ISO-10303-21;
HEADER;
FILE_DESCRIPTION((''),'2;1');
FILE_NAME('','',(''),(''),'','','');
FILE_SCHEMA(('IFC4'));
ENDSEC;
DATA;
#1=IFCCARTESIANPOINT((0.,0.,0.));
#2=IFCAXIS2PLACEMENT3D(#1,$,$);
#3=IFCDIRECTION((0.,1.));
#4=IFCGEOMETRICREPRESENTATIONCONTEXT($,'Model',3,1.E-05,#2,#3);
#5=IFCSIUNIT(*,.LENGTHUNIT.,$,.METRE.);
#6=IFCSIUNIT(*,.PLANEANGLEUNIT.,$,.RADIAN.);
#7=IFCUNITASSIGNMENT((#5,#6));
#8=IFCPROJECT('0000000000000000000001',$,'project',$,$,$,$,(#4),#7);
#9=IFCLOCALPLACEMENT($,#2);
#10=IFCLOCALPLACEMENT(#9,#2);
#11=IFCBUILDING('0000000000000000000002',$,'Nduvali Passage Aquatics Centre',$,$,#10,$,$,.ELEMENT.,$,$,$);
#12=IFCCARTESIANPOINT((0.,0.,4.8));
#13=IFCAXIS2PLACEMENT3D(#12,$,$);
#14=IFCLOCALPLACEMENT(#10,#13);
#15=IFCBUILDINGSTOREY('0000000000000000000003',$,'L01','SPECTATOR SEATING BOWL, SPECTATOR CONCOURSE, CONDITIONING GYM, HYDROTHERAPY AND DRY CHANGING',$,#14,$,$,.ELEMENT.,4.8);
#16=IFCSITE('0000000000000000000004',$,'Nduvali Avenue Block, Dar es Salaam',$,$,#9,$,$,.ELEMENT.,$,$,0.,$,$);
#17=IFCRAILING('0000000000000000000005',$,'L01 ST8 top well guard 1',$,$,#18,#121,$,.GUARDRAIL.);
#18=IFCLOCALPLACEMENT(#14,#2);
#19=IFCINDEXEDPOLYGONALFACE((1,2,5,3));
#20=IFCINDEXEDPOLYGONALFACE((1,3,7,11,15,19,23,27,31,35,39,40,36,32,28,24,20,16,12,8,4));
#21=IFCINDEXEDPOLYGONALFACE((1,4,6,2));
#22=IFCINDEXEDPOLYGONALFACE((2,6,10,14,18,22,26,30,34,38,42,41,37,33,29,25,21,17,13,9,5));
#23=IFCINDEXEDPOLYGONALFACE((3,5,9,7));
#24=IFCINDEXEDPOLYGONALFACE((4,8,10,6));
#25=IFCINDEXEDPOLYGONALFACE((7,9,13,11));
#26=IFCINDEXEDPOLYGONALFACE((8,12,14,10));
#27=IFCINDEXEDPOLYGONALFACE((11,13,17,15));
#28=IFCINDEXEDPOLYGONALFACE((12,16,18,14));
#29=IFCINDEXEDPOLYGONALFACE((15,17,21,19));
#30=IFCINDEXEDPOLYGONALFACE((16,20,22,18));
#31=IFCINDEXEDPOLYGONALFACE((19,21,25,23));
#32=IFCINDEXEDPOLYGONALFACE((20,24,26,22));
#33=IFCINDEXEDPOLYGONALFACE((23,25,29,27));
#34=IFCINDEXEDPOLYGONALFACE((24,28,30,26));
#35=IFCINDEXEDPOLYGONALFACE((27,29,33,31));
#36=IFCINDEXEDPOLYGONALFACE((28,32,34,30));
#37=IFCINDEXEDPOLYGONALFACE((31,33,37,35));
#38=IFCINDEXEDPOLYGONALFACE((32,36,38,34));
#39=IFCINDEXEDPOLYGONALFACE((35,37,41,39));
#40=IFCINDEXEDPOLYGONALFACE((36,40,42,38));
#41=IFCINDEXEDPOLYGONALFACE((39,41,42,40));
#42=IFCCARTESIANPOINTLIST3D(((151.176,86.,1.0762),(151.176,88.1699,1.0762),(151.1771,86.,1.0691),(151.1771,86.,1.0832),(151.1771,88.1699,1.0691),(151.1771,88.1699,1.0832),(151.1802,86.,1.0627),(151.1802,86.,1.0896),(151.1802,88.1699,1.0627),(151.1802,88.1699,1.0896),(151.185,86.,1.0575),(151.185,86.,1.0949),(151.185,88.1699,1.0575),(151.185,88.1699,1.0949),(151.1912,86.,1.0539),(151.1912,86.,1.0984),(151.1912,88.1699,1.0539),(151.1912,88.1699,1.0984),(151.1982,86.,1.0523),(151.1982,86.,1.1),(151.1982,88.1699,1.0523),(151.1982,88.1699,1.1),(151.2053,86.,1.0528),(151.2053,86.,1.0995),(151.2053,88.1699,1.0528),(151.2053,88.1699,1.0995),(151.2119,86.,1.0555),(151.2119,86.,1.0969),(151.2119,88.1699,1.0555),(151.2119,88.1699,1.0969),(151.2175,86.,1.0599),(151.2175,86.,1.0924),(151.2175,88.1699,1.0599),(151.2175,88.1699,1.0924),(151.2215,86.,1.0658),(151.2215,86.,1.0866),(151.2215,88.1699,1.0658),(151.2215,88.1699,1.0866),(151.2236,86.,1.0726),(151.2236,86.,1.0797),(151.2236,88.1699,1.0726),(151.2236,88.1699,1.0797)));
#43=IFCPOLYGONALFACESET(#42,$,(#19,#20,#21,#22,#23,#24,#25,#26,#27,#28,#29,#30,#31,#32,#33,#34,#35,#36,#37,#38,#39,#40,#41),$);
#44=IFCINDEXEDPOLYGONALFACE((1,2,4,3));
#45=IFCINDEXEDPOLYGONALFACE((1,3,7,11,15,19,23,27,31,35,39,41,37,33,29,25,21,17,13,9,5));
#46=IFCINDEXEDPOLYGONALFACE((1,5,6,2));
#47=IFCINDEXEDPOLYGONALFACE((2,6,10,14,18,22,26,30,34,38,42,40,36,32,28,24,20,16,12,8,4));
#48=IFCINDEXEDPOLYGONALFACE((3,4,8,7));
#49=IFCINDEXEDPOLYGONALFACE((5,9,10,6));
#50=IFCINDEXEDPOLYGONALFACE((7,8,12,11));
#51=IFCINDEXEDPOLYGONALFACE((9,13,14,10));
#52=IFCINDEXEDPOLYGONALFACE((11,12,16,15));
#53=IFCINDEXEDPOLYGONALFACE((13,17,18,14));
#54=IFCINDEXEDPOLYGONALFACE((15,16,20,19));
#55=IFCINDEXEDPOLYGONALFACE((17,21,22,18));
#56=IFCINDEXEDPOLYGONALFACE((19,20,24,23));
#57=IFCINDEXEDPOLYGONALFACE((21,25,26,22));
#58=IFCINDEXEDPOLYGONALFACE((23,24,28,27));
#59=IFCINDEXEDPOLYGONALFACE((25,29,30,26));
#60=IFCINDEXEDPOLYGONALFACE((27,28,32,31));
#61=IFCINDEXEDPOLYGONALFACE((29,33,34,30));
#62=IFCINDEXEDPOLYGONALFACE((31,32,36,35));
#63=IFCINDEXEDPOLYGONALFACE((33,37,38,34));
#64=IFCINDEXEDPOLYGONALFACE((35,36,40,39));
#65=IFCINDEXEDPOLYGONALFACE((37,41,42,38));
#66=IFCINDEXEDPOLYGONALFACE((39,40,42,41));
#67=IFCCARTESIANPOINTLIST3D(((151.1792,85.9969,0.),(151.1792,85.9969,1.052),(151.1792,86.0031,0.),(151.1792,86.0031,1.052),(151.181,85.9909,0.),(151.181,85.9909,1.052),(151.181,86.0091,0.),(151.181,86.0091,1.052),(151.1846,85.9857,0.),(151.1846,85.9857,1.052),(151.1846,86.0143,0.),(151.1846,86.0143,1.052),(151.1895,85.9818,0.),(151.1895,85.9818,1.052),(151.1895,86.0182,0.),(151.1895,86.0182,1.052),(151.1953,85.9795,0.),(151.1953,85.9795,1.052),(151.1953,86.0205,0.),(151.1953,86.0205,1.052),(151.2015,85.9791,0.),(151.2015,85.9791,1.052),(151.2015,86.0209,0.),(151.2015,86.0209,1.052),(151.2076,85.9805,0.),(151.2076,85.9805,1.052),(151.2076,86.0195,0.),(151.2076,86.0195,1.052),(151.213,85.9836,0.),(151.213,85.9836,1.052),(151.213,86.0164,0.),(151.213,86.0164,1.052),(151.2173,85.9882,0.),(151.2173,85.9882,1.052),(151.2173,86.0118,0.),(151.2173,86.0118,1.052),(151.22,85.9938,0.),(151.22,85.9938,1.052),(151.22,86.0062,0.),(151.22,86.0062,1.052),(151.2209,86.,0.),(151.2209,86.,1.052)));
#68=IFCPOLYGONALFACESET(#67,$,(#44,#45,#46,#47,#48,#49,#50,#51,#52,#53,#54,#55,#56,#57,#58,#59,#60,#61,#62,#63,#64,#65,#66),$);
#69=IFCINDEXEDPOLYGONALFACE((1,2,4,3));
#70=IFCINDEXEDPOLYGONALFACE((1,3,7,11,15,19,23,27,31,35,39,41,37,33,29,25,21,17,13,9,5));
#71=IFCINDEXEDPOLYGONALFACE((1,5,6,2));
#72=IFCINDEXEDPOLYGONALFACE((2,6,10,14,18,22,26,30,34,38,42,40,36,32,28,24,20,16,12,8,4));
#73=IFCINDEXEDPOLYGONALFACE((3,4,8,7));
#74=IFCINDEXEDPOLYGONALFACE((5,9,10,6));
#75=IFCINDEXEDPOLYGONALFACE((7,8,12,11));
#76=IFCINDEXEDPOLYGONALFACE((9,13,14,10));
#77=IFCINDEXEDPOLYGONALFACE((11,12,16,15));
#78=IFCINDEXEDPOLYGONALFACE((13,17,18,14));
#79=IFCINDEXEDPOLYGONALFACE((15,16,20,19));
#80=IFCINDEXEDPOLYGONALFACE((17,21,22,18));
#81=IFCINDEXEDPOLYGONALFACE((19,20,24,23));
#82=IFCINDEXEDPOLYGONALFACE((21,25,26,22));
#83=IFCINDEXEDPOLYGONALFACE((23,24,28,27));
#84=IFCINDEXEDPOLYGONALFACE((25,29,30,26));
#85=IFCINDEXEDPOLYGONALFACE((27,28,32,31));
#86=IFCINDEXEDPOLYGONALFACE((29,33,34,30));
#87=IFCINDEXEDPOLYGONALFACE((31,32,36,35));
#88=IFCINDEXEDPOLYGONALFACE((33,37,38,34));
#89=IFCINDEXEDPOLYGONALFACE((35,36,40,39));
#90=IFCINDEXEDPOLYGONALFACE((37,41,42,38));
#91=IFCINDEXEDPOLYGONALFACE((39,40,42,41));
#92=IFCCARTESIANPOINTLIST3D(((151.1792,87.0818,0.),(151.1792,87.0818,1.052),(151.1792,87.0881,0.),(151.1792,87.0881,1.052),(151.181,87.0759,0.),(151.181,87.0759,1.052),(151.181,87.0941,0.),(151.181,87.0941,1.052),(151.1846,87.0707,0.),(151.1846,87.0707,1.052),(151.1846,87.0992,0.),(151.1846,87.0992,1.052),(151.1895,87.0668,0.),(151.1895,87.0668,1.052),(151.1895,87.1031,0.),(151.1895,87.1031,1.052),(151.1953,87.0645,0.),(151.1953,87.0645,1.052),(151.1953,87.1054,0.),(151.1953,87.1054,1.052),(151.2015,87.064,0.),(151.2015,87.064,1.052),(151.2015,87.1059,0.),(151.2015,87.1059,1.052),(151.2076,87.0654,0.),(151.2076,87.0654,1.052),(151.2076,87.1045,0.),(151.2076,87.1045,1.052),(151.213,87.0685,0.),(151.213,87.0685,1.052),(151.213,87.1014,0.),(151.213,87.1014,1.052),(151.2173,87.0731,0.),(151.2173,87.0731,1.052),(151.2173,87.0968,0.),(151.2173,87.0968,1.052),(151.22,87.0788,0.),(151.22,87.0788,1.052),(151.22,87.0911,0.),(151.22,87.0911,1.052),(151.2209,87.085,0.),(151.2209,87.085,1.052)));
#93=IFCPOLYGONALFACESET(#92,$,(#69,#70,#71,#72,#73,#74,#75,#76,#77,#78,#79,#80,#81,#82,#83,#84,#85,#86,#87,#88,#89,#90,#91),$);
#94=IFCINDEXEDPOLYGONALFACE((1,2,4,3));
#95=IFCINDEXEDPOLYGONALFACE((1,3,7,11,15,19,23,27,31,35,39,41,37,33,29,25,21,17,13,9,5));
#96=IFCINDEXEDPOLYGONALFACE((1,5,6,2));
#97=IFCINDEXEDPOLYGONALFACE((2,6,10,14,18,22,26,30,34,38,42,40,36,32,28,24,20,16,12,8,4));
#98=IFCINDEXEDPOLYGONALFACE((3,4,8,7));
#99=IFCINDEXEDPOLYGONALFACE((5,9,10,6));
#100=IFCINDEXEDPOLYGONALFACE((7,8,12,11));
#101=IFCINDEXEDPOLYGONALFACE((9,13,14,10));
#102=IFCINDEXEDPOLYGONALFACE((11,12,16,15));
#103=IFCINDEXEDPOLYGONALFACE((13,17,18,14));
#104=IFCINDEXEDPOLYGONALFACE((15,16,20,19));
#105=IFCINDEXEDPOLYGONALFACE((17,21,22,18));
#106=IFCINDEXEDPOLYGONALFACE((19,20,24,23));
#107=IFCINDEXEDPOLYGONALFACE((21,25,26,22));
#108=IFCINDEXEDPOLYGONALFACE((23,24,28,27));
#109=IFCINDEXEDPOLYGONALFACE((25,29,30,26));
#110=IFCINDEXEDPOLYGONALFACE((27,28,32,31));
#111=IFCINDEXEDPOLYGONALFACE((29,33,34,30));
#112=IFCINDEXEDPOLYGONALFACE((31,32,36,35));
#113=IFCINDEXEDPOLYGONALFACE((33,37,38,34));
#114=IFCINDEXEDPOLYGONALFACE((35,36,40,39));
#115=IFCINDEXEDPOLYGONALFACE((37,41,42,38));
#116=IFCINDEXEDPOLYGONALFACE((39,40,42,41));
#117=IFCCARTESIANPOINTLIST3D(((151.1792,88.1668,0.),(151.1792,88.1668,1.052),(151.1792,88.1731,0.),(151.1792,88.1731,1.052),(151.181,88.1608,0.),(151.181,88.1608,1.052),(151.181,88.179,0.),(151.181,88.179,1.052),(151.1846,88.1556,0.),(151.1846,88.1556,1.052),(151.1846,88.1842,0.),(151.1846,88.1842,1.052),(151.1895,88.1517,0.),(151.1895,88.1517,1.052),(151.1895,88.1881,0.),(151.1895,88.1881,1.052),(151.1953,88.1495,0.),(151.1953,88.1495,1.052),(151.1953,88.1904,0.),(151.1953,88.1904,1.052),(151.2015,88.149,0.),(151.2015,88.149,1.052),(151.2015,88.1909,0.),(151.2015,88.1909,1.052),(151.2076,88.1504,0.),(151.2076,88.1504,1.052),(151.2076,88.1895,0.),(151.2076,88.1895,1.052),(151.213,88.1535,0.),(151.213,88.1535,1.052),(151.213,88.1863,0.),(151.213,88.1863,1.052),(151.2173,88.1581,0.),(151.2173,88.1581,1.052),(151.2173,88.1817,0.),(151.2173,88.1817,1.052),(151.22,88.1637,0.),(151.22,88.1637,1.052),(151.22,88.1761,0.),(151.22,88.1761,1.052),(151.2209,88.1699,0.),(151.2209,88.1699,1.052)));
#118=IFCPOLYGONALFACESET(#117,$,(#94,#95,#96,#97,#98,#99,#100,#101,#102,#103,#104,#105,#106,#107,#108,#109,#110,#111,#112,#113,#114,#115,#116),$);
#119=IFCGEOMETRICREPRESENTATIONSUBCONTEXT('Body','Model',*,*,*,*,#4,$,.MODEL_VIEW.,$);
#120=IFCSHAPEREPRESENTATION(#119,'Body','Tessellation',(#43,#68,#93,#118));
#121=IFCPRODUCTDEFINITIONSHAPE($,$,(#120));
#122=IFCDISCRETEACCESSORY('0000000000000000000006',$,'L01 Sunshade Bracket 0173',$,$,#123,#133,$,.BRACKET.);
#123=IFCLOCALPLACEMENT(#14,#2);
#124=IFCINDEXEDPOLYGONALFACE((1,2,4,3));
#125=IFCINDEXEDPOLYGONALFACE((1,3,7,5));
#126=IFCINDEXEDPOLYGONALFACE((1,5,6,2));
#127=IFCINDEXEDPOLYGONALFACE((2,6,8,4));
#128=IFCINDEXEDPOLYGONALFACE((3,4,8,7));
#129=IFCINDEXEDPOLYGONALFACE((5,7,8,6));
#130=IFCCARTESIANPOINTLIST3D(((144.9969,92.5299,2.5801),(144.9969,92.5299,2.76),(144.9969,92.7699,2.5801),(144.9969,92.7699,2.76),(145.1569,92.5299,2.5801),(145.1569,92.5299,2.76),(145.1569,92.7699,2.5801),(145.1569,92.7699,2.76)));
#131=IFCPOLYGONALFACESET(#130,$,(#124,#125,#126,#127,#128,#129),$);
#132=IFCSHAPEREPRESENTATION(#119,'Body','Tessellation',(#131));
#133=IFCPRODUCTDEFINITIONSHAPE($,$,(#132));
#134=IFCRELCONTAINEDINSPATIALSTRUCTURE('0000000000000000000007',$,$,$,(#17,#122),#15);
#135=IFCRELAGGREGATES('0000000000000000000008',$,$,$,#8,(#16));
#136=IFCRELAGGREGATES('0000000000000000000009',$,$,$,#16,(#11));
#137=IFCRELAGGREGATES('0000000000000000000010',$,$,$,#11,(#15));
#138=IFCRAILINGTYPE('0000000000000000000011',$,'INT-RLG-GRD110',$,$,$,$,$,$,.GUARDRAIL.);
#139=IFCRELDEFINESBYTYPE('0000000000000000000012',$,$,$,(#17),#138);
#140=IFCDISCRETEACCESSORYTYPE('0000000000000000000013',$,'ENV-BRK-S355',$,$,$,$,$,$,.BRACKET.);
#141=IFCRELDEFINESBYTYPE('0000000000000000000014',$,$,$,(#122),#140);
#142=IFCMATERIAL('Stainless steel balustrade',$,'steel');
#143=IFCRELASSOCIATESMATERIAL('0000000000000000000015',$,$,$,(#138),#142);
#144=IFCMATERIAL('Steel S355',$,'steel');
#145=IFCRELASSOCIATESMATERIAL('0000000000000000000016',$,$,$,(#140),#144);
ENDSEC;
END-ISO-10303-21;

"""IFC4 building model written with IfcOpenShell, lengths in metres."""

from ifc_helpers import new_model, si_unit, direction, frame, origin, origin_2d, place, context, subcontext, project, spatial, rectangle, circle, extrude, material, type_object, element, save


model = new_model("IFC4")

# Units and contexts
model_context = context("Model", 3, precision=1e-05, world=origin(), true_north=direction((0.0, 1.0)))
body_context = subcontext(model_context, "Body", "Model", "MODEL_VIEW")
ifc_project = project(units=[si_unit("LENGTHUNIT", "METRE"), si_unit("PLANEANGLEUNIT", "RADIAN")], contexts=[model_context])

# Site, building, storey
site_placement = place(None, origin())
site = spatial("IfcSite", under=ifc_project, at=site_placement, Name="Nduvali Avenue Block, Dar es Salaam", CompositionType="ELEMENT", RefElevation=0.0)
building_placement = place(site_placement, origin())
building = spatial("IfcBuilding", under=site, at=building_placement, Name="Nduvali Passage Aquatics Centre", CompositionType="ELEMENT")
storey_placement = place(building_placement, frame((0.0, 0.0, 4.8)))
storey = spatial("IfcBuildingStorey", under=building, at=storey_placement, Name="L01", Description="SPECTATOR SEATING BOWL, SPECTATOR CONCOURSE, CONDITIONING GYM, HYDROTHERAPY AND DRY CHANGING", CompositionType="ELEMENT", Elevation=4.8)

# Shared definitions
ifc_material_1 = material(Name="Steel S355", Category="steel")

# Railing
ifc_material_2 = material(Name="Stainless steel balustrade", Category="steel")
railing_type = type_object("IfcRailingType", Name="INT-RLG-GRD110", PredefinedType="GUARDRAIL", material=ifc_material_2)
railing_placement = place(storey_placement, frame((151.2, 86.0, 0.0)))
element("IfcRailing", 1, at=railing_placement, inside=storey, type_object=railing_type, Name="L01 ST8 top well guard 1", PredefinedType="GUARDRAIL", context=body_context, shape_type="SweptSolid", body=[
    extrude(circle(Radius=0.0239, at=origin_2d()), frame((0.0, 0.0, 1.0762), z_axis=(0.0, 1.0, 0.0), x_axis=(-1.0, 0.0, 0.0)), (0.0, 0.0, 1.0), 2.1699),
    extrude(circle(Radius=0.021, at=origin_2d()), origin(), (0.0, 0.0, 1.0), 1.052),
    extrude(circle(Radius=0.021, at=origin_2d()), frame((0.0, 1.085, 0.0)), (0.0, 0.0, 1.0), 1.052),
    extrude(circle(Radius=0.021, at=origin_2d()), frame((0.0, 2.1699, 0.0)), (0.0, 0.0, 1.0), 1.052),
])

# Discrete accessory
discrete_accessory_type = type_object("IfcDiscreteAccessoryType", Name="ENV-BRK-S355", PredefinedType="BRACKET", material=ifc_material_1)
discrete_accessory_placement = place(storey_placement, frame((145.0769, 92.6499, 2.5801), z_axis=(0.0, 0.0, 1.0), x_axis=(-1.0, 0.0, 0.0)))
element("IfcDiscreteAccessory", 2, at=discrete_accessory_placement, inside=storey, type_object=discrete_accessory_type, Name="L01 Sunshade Bracket 0173", PredefinedType="BRACKET", context=body_context, shape_type="SweptSolid", body=[
    extrude(rectangle(XDim=0.1599, YDim=0.24, at=origin_2d()), origin(), (0.0, 0.0, 1.0), 0.1799),
])

save(model, "model.ifc")
